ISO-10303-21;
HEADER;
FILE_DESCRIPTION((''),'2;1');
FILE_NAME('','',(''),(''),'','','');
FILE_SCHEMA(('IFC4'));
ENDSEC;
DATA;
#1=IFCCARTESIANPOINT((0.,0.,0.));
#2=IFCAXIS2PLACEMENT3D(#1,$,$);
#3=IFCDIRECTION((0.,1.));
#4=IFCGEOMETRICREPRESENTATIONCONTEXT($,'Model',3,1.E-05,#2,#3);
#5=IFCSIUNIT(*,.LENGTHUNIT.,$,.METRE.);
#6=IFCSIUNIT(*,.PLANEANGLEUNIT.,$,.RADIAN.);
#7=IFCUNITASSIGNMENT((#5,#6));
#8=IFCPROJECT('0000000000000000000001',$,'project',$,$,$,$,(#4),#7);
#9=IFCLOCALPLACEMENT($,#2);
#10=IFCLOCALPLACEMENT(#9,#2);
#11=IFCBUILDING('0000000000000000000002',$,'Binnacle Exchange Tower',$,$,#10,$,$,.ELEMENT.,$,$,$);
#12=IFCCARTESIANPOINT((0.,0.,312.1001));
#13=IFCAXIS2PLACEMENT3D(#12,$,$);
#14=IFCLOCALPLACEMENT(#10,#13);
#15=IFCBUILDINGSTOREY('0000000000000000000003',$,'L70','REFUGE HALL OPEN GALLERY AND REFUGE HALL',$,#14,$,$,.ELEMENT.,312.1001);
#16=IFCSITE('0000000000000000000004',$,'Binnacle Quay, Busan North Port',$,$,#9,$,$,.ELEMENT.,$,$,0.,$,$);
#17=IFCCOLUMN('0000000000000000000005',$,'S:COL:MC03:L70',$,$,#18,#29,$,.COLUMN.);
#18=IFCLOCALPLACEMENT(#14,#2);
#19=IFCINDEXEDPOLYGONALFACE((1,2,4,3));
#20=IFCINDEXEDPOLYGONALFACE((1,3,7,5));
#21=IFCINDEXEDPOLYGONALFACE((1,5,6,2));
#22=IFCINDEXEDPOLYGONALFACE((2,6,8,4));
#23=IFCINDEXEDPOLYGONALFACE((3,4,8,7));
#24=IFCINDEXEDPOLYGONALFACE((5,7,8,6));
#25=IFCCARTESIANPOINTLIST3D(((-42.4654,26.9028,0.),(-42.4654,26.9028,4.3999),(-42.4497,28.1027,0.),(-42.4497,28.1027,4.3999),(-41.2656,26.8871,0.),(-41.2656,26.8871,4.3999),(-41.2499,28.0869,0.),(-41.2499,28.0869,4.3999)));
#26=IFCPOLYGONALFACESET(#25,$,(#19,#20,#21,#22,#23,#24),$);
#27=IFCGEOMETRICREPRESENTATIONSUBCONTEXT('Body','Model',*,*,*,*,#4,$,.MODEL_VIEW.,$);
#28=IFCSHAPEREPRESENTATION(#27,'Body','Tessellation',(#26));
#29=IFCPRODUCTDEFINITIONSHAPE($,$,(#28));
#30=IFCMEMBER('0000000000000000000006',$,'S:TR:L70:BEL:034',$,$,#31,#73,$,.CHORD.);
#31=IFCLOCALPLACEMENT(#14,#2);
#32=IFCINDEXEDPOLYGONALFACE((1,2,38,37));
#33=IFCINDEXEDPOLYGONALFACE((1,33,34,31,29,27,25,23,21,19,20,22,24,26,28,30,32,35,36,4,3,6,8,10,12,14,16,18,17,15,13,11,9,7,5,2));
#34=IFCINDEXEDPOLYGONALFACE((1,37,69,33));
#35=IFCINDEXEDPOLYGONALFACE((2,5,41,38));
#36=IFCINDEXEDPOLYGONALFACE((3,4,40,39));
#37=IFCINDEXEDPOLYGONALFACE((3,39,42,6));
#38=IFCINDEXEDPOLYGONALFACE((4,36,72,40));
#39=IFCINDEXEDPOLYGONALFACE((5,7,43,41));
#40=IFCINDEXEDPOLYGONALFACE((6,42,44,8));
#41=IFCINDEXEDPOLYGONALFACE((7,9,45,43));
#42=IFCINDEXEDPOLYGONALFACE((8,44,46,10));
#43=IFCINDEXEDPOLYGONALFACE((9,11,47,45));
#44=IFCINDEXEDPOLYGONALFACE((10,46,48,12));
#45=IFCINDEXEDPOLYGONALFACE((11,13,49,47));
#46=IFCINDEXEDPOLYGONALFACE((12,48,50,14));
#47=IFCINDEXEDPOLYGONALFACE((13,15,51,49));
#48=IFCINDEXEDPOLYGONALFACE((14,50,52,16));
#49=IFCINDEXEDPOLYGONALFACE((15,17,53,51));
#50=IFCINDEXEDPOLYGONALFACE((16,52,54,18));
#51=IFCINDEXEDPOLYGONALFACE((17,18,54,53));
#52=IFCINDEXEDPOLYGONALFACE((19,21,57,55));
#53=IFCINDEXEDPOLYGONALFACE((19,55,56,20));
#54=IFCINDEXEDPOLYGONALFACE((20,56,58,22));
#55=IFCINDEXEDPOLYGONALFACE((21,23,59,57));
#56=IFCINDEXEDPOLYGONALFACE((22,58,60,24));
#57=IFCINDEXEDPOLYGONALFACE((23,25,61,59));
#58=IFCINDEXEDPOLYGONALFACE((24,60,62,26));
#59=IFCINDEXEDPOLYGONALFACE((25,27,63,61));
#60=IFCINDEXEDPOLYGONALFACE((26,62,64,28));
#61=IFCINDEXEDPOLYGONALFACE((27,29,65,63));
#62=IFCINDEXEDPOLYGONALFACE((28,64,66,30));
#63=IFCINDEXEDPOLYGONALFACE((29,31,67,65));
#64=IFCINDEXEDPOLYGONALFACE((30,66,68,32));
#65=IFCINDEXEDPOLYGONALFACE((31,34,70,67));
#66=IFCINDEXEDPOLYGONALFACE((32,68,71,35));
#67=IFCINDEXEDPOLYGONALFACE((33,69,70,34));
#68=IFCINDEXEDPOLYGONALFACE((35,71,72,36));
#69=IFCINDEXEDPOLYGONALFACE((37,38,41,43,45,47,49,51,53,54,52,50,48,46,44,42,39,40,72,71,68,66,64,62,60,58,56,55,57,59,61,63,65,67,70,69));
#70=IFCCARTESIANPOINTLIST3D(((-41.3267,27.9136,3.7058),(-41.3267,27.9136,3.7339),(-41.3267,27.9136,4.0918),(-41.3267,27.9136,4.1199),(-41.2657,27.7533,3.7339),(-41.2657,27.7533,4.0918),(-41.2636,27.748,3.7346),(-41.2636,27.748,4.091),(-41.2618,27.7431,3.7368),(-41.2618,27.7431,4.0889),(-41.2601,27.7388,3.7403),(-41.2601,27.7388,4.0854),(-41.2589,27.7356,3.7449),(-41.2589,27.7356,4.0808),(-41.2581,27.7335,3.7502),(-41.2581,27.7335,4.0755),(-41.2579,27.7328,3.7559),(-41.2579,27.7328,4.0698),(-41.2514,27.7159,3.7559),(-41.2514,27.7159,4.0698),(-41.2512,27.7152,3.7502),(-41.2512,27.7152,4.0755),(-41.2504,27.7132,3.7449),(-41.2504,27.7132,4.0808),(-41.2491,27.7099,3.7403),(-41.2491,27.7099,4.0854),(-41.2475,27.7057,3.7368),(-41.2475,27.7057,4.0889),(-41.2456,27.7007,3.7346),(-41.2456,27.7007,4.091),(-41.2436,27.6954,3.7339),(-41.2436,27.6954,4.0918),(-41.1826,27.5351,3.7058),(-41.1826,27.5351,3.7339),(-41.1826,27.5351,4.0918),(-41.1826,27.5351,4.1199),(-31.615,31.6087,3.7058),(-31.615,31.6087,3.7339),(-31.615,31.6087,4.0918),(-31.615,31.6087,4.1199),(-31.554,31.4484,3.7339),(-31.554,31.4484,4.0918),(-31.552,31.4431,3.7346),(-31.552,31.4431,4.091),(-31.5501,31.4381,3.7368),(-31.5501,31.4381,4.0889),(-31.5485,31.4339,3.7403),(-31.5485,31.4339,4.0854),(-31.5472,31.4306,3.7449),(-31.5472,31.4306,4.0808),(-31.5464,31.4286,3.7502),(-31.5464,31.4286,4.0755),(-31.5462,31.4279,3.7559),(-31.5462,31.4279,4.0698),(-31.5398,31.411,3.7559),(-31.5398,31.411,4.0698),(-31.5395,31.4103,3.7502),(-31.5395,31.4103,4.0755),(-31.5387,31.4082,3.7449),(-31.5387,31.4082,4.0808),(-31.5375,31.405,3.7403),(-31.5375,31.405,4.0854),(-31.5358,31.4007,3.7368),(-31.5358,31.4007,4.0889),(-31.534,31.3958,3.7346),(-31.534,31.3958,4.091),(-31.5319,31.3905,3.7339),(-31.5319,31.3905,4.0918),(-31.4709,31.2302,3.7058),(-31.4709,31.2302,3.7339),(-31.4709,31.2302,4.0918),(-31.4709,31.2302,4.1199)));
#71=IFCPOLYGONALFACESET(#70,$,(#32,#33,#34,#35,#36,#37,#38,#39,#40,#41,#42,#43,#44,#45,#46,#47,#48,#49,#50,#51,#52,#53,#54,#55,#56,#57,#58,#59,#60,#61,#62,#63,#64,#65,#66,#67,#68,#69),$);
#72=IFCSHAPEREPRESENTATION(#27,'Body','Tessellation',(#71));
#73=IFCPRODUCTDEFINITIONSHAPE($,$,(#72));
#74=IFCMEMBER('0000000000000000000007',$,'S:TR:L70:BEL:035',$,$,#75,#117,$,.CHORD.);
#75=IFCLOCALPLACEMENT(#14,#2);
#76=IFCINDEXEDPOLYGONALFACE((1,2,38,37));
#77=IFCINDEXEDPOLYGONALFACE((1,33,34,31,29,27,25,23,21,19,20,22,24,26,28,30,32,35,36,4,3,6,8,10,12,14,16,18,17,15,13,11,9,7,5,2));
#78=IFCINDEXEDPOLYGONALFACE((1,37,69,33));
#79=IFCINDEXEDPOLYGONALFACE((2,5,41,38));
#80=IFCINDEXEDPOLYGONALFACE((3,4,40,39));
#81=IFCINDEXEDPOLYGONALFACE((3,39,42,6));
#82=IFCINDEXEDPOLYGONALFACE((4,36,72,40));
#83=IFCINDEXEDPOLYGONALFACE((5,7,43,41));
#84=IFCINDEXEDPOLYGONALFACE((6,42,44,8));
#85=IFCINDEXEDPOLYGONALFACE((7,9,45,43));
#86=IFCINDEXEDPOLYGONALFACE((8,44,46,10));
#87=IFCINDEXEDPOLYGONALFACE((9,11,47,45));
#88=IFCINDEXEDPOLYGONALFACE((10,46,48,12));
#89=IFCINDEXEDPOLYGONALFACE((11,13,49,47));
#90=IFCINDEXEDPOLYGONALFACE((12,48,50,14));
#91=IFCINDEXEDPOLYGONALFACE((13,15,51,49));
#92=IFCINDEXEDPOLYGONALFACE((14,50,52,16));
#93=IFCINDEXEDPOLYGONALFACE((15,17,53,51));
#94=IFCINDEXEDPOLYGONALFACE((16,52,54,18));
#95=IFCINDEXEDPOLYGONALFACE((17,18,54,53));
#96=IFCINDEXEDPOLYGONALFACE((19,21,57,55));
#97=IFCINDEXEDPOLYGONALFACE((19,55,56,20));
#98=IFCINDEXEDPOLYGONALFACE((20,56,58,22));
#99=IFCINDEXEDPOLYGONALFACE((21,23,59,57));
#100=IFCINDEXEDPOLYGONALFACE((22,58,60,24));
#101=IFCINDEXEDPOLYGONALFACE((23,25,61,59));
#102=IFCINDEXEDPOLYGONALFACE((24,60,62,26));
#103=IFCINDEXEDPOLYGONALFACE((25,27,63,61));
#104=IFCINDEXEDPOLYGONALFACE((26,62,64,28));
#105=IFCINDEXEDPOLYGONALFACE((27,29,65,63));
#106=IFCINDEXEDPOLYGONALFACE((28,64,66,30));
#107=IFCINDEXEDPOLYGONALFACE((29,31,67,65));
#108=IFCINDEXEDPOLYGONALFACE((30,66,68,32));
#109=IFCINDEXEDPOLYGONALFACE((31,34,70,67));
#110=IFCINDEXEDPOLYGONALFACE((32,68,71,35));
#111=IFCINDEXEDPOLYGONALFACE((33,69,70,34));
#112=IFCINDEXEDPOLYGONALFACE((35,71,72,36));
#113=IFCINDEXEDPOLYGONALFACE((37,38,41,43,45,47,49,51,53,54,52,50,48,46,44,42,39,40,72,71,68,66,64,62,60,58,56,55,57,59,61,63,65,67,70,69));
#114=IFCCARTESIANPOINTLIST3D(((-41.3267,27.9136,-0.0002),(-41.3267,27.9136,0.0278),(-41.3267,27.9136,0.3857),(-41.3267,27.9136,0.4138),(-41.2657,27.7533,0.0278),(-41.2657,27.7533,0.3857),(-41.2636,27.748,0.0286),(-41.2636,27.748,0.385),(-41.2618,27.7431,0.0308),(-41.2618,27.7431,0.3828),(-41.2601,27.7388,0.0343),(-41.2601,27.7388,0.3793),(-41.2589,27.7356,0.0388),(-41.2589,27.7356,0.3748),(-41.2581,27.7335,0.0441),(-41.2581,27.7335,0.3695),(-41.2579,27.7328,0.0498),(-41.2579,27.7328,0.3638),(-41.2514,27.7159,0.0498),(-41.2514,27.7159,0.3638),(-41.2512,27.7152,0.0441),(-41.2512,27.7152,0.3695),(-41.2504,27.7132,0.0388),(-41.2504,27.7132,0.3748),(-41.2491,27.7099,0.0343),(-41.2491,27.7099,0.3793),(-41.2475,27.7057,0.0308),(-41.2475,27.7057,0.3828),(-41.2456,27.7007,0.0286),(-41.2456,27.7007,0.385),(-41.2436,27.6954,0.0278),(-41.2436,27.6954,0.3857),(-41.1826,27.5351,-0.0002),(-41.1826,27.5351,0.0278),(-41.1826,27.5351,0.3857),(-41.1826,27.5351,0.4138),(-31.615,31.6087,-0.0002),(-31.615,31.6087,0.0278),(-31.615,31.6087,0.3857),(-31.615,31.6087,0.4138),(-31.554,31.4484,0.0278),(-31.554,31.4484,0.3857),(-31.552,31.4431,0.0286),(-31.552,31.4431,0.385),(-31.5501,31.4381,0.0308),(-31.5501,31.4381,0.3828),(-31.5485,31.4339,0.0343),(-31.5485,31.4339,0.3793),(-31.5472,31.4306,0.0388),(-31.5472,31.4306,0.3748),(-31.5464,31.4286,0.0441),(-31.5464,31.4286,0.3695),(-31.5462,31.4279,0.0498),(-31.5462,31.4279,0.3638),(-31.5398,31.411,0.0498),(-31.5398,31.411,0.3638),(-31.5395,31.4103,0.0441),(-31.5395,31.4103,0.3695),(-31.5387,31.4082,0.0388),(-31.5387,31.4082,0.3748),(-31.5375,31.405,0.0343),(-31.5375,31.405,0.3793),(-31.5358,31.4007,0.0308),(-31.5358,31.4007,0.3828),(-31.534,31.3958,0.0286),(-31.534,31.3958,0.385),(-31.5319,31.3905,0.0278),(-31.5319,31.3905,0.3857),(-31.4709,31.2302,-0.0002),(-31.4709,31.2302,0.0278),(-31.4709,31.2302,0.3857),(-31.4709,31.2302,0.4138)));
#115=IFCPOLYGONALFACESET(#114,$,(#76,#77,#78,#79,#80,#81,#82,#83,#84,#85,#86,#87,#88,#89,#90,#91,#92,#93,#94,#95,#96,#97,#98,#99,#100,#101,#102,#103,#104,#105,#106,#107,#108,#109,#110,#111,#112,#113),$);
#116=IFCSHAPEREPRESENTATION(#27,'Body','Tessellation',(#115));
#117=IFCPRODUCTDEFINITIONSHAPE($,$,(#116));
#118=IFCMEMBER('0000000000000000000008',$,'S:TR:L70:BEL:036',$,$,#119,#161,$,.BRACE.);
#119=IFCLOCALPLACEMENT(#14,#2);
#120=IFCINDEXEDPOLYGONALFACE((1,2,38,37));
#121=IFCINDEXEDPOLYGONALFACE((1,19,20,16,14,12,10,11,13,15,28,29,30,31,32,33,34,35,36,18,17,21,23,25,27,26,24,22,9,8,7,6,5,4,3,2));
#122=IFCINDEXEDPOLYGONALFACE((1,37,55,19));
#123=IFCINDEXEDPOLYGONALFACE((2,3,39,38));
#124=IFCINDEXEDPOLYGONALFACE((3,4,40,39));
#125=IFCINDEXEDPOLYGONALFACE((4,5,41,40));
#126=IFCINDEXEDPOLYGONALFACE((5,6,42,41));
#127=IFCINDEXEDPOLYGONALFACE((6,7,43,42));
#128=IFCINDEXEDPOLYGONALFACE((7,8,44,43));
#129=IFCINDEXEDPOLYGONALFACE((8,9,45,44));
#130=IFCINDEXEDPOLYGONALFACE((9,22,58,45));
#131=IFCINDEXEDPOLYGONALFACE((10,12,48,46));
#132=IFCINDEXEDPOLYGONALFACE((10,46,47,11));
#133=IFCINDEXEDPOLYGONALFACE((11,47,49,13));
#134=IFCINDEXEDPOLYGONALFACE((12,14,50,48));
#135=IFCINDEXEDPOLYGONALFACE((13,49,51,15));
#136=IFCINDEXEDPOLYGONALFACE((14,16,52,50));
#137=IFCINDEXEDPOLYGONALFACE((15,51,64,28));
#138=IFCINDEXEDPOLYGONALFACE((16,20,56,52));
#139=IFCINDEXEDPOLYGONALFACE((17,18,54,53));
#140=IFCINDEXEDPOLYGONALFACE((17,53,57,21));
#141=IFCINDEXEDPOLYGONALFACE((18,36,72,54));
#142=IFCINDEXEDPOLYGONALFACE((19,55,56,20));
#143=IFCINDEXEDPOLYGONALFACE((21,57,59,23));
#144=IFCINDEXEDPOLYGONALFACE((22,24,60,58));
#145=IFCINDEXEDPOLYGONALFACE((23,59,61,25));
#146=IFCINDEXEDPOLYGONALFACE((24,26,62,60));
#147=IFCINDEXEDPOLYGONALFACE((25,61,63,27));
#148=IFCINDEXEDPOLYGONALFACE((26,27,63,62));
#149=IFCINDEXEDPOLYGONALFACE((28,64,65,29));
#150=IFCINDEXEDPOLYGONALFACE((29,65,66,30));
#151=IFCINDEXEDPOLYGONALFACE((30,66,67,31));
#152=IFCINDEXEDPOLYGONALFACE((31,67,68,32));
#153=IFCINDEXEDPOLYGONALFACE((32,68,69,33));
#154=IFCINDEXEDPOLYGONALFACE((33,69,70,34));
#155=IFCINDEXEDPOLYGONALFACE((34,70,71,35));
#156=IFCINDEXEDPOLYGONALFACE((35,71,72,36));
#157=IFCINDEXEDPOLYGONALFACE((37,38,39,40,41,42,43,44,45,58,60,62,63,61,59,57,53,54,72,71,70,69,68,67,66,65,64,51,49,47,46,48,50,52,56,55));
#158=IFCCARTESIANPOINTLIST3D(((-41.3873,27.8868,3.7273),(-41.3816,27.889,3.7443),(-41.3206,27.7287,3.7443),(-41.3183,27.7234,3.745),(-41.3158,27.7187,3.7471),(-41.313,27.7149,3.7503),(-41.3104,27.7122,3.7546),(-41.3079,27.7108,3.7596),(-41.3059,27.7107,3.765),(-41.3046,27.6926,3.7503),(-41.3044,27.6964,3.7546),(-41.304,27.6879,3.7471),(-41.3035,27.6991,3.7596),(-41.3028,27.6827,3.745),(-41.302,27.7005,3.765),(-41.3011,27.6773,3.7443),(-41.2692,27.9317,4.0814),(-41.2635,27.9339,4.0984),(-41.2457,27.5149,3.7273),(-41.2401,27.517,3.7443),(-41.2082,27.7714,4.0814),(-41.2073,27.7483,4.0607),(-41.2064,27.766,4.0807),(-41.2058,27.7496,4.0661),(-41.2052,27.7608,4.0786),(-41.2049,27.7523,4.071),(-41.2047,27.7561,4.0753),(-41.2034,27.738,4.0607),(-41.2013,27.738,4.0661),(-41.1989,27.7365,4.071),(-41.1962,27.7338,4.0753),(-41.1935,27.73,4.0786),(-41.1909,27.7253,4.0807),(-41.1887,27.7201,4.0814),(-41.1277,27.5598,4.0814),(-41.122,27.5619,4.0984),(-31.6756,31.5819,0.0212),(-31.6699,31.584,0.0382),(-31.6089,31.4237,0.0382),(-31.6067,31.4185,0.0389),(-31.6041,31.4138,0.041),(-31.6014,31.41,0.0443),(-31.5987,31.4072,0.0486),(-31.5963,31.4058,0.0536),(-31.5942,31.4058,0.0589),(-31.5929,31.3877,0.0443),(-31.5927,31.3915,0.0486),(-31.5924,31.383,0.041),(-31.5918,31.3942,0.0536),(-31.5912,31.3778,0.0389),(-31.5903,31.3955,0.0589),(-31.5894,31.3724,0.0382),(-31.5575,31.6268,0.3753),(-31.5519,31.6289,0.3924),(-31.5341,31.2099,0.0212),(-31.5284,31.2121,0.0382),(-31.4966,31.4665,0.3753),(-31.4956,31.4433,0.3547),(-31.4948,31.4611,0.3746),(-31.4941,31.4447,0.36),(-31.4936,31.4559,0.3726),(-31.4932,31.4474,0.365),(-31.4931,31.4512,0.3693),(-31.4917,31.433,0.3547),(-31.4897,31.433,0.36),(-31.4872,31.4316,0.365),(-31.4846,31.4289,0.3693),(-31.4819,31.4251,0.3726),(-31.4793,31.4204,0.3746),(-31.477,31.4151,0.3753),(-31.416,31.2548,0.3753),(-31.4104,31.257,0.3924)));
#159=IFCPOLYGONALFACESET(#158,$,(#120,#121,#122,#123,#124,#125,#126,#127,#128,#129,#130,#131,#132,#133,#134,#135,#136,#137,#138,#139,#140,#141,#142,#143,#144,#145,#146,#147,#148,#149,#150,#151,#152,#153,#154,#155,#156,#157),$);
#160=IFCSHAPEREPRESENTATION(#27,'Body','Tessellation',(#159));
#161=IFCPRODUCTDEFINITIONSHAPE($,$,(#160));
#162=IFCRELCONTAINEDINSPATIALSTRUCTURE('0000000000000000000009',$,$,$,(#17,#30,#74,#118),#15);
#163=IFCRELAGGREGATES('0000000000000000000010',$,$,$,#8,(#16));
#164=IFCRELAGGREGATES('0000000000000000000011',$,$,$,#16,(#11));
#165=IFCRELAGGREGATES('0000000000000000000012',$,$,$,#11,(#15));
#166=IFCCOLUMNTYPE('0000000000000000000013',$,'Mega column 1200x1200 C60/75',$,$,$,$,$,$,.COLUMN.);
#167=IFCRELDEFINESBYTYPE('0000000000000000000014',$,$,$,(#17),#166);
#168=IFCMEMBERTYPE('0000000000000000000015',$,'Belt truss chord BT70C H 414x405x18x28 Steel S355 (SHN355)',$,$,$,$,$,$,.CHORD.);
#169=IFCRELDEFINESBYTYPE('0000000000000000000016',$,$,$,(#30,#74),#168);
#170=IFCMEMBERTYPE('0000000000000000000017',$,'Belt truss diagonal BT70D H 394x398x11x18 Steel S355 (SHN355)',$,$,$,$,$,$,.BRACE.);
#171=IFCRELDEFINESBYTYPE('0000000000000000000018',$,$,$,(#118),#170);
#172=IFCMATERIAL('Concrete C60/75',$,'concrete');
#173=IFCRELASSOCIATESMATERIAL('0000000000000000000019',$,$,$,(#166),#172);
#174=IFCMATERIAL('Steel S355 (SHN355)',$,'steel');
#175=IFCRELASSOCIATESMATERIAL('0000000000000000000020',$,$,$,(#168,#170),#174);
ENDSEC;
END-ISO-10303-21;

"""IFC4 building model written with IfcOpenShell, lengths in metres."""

from ifc_helpers import new_model, si_unit, direction, frame, origin, origin_2d, place, context, subcontext, project, spatial, rectangle, i_section, extrude, material, material_profile, profile_set, type_object, element, save


model = new_model("IFC4")

# Units and contexts
model_context = context("Model", 3, precision=1e-05, world=origin(), true_north=direction((0.0, 1.0)))
body_context = subcontext(model_context, "Body", "Model", "MODEL_VIEW")
ifc_project = project(units=[si_unit("LENGTHUNIT", "METRE"), si_unit("PLANEANGLEUNIT", "RADIAN")], contexts=[model_context])

# Site, building, storey
site_placement = place(None, origin())
site = spatial("IfcSite", under=ifc_project, at=site_placement, Name="Binnacle Quay, Busan North Port", CompositionType="ELEMENT", RefElevation=0.0)
building_placement = place(site_placement, origin())
building = spatial("IfcBuilding", under=site, at=building_placement, Name="Binnacle Exchange Tower", CompositionType="ELEMENT")
storey_placement = place(building_placement, frame((0.0, 0.0, 312.1001)))
storey = spatial("IfcBuildingStorey", under=building, at=storey_placement, Name="L70", Description="REFUGE HALL OPEN GALLERY AND REFUGE HALL", CompositionType="ELEMENT", Elevation=312.1001)

# Column
ifc_material_1 = material(Name="Concrete C60/75", Category="concrete")
ifc_material_profile_1 = material_profile(ifc_material_1, rectangle(XDim=1.2, YDim=1.2, at=origin_2d()), Name="Mega column 1200x1200 C60/75")
ifc_profile_set_1 = profile_set([ifc_material_profile_1], Name="Concrete C60/75")
column_type = type_object("IfcColumnType", Name="Mega column 1200x1200 C60/75", PredefinedType="COLUMN", material=ifc_profile_set_1)
column_placement = place(storey_placement, frame((-41.8577, 27.4949, 0.0), z_axis=(0.0, 0.0, 1.0), x_axis=(0.999914, -0.01309, 0.0)))
element("IfcColumn", 1, at=column_placement, inside=storey, type_object=column_type, Name="S:COL:MC03:L70", PredefinedType="COLUMN", context=body_context, shape_type="SweptSolid", body=[
    extrude(rectangle(XDim=1.2, YDim=1.2, at=origin_2d()), origin(), (0.0, 0.0, 1.0), 4.3999),
])

# Members
ifc_material_2 = material(Name="Steel S355 (SHN355)", Category="steel")
ifc_material_profile_2 = material_profile(ifc_material_2, i_section(OverallWidth=0.405, OverallDepth=0.4141, WebThickness=0.0181, FlangeThickness=0.0281, FilletRadius=0.022, at=origin_2d()), Name="H 414x405x18x28")
ifc_profile_set_2 = profile_set([ifc_material_profile_2], Name="Steel S355 (SHN355)")
member_type_1 = type_object("IfcMemberType", Name="Belt truss chord BT70C H 414x405x18x28 Steel S355 (SHN355)", PredefinedType="CHORD", material=ifc_profile_set_2)
for number, where, z_axis, x_axis, name in (
    (2, (-41.2546, 27.7244, 3.9128), (0.934635, 0.355607, 0.0), (-0.355607, 0.934635, 0.0), "S:TR:L70:BEL:034"),
    (3, (-41.2546, 27.7244, 0.2068), (0.934635, 0.355607, 0.0), (-0.355607, 0.934635, 0.0), "S:TR:L70:BEL:035"),
):
    element("IfcMember", number, at=place(storey_placement, frame(where, z_axis=z_axis, x_axis=x_axis)), inside=storey, type_object=member_type_1, Name=name, PredefinedType="CHORD", context=body_context, shape_type="SweptSolid", body=[
        extrude(i_section(OverallWidth=0.405, OverallDepth=0.4141, WebThickness=0.0181, FlangeThickness=0.0281, FilletRadius=0.022, at=origin_2d()), origin(), (0.0, 0.0, 1.0), 10.3909),
    ])
ifc_material_profile_3 = material_profile(ifc_material_2, i_section(OverallWidth=0.3979, OverallDepth=0.394, WebThickness=0.011, FlangeThickness=0.0181, FilletRadius=0.022, at=origin_2d()), Name="H 394x398x11x18")
ifc_profile_set_3 = profile_set([ifc_material_profile_3], Name="Steel S355 (SHN355)")
member_type_2 = type_object("IfcMemberType", Name="Belt truss diagonal BT70D H 394x398x11x18 Steel S355 (SHN355)", PredefinedType="BRACE", material=ifc_profile_set_3)
member_1_placement = place(storey_placement, frame((-41.2546, 27.7244, 3.9128), z_axis=(0.880319, 0.334941, -0.335937), x_axis=(-0.355607, 0.934635, 0.0)))
element("IfcMember", 4, at=member_1_placement, inside=storey, type_object=member_type_2, Name="S:TR:L70:BEL:036", PredefinedType="BRACE", context=body_context, shape_type="SweptSolid", body=[
    extrude(i_section(OverallWidth=0.3979, OverallDepth=0.394, WebThickness=0.011, FlangeThickness=0.0181, FilletRadius=0.022, at=origin_2d()), origin(), (0.0, 0.0, 1.0), 11.032),
])

save(model, "model.ifc")
